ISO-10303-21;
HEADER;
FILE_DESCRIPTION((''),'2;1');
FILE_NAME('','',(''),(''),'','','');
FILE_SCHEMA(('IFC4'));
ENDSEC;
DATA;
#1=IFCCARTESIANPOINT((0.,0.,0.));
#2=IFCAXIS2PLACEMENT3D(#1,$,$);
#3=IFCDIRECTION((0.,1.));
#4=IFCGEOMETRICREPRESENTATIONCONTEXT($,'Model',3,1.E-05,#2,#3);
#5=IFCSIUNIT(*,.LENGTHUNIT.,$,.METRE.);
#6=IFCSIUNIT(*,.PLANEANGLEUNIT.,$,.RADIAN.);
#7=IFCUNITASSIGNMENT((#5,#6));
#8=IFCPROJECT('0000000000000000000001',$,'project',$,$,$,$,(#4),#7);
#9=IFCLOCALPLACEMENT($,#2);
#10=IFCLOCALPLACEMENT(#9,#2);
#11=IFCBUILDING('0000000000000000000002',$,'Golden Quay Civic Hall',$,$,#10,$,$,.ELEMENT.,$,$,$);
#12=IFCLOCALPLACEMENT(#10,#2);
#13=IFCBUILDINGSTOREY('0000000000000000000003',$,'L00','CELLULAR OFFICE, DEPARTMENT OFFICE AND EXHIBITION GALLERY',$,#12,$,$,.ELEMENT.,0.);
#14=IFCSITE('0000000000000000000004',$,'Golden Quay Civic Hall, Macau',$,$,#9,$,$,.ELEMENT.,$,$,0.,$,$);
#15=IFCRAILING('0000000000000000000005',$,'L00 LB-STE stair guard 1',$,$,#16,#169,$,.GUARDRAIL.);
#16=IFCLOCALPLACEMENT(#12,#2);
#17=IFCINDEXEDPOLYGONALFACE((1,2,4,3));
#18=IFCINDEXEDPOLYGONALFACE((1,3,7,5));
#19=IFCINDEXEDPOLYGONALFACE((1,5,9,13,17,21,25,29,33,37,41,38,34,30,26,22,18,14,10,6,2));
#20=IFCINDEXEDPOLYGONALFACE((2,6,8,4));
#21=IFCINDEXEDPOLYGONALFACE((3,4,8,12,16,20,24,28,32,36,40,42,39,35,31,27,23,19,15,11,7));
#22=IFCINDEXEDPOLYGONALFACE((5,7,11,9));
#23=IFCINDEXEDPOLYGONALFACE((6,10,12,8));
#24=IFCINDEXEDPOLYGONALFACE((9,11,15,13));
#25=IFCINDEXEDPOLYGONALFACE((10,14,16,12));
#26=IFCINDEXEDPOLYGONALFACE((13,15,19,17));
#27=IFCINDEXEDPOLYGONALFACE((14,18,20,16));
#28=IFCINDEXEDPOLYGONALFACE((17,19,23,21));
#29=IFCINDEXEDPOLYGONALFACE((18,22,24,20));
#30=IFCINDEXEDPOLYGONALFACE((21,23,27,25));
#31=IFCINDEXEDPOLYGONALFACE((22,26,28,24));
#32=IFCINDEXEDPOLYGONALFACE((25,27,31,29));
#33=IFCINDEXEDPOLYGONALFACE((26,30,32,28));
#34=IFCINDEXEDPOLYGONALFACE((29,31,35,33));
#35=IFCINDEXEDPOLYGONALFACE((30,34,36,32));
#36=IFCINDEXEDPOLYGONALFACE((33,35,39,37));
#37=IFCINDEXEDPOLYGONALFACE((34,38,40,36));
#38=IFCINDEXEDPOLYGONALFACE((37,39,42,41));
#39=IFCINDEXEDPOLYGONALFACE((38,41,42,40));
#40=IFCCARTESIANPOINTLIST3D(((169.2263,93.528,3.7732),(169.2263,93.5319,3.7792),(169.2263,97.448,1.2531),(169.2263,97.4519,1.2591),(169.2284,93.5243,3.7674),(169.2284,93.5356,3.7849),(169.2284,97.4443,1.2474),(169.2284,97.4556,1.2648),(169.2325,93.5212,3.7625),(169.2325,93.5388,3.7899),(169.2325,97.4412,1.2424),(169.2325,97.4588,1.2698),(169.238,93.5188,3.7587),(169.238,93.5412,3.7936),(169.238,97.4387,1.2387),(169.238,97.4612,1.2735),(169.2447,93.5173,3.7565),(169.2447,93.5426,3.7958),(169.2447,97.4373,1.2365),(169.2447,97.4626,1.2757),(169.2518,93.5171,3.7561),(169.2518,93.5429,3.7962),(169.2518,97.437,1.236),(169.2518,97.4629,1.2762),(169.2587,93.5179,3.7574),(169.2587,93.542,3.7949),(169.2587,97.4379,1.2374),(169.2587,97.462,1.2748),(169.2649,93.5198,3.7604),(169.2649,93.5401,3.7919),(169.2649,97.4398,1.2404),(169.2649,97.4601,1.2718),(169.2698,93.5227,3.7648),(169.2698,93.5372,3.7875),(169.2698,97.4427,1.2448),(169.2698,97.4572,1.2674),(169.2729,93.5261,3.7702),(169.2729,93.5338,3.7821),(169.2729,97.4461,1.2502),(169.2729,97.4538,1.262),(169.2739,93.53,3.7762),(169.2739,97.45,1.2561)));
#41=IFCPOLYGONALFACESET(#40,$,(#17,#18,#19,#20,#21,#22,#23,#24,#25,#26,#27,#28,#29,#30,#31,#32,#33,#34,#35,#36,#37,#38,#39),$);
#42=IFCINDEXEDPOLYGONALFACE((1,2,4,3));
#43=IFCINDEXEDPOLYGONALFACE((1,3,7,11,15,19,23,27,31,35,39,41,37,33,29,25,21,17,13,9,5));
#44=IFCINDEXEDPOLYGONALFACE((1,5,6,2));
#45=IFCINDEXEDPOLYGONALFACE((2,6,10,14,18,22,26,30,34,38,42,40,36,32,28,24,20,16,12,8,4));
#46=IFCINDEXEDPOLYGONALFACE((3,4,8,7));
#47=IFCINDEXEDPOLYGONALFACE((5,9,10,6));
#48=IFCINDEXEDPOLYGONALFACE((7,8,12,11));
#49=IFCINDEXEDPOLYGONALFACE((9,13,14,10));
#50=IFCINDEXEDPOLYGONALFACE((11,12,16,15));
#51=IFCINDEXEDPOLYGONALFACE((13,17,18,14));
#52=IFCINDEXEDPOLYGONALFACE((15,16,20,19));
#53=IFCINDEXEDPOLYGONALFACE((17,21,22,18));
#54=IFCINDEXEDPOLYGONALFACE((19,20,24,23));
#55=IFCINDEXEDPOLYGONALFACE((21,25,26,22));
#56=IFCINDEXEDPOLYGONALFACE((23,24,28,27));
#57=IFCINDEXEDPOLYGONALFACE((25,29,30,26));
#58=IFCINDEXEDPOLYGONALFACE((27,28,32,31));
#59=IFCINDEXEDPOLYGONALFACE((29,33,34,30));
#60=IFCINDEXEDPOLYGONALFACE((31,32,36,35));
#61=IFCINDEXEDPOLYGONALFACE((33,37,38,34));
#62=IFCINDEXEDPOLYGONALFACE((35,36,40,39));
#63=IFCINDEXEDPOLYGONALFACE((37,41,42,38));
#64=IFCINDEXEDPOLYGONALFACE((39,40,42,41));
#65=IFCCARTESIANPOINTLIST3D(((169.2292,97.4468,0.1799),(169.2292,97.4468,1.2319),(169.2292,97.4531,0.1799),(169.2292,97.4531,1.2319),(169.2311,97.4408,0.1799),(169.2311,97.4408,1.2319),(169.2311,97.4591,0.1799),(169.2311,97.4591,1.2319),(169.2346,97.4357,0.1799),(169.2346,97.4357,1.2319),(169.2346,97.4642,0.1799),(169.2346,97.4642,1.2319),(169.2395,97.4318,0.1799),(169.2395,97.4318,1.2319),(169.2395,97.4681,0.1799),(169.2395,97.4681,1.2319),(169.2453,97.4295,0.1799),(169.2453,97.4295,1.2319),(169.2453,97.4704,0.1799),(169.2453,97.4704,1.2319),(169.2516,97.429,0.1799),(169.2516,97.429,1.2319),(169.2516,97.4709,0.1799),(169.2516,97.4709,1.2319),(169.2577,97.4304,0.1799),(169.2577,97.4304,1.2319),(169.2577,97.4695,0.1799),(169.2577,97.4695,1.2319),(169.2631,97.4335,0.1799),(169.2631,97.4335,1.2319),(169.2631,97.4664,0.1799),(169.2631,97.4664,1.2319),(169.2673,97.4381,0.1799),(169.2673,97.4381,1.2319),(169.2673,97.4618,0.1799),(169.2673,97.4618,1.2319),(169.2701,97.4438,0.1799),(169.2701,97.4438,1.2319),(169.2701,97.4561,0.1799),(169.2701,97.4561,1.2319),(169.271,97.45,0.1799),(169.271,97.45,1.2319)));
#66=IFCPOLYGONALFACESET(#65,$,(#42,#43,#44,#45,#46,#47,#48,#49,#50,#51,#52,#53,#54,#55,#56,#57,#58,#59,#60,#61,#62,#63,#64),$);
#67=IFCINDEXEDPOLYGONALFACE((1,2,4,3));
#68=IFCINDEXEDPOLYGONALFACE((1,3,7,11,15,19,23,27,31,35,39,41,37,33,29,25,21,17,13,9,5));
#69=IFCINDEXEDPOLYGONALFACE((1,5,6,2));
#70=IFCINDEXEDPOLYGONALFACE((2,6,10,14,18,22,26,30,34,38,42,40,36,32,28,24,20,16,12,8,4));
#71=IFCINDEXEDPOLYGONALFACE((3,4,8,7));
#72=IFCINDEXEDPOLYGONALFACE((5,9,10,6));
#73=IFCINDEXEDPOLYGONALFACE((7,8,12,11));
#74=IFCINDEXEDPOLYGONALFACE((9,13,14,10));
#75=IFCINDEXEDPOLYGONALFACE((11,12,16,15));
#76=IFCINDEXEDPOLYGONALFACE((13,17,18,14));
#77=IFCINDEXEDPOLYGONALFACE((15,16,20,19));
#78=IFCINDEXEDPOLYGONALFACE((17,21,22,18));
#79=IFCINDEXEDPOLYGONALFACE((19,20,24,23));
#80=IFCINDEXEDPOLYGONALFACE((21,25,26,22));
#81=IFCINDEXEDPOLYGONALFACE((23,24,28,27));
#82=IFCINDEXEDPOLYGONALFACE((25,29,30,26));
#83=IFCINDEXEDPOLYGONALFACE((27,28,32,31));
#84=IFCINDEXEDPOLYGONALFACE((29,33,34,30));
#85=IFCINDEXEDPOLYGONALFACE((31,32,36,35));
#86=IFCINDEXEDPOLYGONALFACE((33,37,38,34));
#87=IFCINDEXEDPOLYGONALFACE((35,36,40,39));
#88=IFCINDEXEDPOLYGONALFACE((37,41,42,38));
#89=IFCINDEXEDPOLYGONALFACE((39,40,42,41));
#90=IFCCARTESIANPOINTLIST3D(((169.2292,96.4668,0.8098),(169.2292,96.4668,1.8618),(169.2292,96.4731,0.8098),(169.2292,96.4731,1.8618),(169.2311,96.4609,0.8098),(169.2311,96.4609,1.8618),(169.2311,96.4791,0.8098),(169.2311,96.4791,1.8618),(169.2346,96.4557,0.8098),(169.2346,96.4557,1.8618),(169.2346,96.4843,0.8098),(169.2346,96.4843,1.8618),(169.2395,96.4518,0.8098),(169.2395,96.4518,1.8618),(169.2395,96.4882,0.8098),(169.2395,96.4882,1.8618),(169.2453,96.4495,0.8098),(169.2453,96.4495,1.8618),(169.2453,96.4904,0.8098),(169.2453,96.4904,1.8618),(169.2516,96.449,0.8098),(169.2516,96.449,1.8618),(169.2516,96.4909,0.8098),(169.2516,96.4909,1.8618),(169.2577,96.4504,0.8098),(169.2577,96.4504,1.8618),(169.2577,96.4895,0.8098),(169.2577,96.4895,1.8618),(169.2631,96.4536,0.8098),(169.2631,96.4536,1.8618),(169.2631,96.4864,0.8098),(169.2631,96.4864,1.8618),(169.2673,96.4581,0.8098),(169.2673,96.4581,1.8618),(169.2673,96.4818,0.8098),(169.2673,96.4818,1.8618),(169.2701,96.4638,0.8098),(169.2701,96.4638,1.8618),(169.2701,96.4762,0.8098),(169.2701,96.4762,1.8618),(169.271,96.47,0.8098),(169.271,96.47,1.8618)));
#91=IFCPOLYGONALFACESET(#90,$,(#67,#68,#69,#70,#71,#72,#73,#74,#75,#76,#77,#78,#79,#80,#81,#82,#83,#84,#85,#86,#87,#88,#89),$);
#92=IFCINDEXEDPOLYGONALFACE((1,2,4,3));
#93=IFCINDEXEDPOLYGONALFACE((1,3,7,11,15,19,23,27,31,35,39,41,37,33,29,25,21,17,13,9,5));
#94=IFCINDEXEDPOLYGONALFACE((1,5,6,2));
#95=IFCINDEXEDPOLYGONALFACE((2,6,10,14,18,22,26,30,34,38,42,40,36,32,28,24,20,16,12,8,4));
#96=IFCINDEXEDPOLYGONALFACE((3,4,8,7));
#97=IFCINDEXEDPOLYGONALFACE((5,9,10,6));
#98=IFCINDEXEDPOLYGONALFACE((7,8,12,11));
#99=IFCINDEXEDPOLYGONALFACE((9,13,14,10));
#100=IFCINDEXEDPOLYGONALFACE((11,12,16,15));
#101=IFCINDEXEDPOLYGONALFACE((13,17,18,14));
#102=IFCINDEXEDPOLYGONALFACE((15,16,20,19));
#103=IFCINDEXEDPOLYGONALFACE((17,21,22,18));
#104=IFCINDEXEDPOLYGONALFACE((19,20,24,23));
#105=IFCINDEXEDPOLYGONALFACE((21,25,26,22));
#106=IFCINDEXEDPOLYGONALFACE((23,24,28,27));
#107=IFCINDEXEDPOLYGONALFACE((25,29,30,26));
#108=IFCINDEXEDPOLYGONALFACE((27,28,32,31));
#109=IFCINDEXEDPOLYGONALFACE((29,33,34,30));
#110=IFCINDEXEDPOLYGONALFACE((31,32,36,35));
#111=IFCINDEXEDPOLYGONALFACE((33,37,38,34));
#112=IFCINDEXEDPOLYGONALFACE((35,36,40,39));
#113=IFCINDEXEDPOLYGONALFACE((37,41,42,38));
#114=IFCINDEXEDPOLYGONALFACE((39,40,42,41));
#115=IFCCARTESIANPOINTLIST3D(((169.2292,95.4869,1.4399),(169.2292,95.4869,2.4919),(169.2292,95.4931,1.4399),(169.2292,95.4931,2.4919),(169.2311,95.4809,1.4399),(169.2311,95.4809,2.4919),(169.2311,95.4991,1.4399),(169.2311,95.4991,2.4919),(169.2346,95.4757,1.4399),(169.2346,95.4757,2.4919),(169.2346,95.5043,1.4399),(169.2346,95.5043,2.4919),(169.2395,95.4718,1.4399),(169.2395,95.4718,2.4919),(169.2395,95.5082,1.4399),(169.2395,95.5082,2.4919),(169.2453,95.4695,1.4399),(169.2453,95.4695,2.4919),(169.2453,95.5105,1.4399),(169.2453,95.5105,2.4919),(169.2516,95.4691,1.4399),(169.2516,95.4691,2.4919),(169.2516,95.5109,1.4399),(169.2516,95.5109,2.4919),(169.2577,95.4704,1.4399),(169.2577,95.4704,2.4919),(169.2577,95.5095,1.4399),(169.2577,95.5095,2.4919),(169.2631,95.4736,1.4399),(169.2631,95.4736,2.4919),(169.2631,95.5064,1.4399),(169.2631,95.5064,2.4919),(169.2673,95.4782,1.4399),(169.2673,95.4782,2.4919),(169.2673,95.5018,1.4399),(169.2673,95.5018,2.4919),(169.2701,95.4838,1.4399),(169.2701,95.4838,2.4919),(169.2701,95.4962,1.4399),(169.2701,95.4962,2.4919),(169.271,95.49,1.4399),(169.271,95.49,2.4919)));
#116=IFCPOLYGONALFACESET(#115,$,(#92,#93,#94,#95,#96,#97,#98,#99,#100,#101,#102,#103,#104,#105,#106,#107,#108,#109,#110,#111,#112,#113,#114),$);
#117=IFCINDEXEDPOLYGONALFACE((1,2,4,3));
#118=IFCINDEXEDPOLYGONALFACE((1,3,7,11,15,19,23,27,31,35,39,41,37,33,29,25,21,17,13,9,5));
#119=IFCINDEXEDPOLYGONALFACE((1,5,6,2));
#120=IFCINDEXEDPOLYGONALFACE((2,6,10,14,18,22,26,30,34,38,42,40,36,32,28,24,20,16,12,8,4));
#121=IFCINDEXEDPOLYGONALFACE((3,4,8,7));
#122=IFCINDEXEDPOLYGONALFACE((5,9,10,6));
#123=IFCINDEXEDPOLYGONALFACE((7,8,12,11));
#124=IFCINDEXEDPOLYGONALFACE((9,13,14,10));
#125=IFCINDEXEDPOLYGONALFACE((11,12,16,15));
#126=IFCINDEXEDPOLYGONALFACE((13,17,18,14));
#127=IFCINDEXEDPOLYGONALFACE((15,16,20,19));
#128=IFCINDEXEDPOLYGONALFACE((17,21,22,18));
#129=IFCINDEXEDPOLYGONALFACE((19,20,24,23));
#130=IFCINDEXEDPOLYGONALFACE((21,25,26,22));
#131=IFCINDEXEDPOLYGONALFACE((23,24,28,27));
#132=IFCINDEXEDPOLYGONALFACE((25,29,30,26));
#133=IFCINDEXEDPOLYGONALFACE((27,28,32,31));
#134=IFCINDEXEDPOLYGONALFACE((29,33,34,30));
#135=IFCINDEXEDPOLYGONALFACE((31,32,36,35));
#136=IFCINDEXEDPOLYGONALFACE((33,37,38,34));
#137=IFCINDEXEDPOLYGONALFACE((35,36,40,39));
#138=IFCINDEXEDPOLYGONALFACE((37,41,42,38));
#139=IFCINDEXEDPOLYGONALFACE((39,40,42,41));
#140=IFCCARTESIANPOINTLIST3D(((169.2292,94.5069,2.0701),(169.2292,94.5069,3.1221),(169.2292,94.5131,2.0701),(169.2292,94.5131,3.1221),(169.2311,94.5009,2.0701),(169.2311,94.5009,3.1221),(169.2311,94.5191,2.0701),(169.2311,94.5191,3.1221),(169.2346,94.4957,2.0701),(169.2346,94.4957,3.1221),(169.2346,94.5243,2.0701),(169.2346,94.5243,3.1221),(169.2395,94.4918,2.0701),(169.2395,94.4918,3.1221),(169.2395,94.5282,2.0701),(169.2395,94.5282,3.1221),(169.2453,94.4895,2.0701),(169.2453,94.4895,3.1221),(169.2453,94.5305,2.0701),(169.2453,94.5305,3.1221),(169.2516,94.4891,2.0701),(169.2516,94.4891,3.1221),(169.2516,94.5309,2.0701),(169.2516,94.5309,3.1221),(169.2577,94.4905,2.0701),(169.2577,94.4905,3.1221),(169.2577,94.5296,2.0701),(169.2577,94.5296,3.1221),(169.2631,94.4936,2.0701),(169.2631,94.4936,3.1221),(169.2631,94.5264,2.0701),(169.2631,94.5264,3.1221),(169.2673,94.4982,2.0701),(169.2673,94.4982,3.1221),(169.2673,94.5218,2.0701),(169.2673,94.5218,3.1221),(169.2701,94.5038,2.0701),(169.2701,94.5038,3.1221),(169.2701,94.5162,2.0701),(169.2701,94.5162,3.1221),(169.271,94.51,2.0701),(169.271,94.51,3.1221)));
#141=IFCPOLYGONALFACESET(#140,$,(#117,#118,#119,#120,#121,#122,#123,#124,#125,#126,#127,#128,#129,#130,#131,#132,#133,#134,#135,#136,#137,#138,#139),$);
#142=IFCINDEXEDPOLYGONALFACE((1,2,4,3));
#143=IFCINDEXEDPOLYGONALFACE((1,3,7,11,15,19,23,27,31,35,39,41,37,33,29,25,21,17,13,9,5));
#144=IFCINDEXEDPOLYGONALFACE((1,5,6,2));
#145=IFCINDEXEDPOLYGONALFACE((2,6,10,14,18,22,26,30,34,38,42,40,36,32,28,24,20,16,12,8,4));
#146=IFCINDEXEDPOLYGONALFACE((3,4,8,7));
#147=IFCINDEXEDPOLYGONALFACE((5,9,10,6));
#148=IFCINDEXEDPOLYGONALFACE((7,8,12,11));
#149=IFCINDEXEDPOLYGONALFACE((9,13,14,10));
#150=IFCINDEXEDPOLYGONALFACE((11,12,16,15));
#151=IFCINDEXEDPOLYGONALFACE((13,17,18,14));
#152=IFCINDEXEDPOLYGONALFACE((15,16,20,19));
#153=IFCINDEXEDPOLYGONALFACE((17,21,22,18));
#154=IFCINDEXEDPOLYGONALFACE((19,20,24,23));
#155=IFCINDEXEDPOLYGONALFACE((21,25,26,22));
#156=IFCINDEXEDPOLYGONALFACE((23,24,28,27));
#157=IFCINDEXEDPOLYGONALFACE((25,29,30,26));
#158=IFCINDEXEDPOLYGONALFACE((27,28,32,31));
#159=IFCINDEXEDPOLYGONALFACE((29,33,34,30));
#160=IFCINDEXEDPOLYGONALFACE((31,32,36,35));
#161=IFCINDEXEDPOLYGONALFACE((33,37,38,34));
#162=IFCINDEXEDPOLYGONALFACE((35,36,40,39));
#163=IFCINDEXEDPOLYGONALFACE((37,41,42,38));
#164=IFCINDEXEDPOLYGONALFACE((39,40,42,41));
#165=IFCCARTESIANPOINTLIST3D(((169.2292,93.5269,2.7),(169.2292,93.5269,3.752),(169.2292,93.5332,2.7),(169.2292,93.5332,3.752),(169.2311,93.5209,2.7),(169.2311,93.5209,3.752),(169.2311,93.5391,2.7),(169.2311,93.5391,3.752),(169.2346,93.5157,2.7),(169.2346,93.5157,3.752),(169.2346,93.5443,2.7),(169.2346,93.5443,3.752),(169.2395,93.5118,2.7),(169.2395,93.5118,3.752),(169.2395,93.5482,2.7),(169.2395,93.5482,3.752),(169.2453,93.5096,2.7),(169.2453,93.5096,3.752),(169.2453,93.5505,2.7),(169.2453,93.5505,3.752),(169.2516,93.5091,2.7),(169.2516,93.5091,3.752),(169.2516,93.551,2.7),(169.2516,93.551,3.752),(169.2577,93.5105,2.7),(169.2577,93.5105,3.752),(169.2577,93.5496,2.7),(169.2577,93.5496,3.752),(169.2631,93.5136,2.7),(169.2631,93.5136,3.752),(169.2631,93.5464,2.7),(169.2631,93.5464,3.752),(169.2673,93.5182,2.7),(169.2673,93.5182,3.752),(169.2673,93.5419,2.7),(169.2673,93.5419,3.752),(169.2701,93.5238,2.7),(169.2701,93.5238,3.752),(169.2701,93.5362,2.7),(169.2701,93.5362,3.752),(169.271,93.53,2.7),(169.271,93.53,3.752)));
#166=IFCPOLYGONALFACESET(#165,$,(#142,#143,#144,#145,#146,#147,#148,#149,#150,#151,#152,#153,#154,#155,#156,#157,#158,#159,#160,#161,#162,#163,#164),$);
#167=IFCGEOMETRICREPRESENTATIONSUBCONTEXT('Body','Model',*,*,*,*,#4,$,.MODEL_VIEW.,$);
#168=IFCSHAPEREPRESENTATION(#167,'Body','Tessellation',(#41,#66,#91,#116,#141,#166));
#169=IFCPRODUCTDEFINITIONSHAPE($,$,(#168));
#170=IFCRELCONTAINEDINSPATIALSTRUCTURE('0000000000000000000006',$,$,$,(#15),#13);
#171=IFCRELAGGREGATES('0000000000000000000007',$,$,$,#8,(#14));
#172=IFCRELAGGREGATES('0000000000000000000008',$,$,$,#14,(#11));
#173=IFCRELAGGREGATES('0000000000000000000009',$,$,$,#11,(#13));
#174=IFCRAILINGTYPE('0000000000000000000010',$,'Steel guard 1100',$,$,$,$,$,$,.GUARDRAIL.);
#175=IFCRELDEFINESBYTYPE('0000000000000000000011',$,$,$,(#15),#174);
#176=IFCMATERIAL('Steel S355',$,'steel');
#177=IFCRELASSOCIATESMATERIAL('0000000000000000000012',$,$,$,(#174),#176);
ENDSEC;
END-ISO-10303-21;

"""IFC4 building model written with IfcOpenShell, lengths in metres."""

from ifc_helpers import new_model, si_unit, direction, frame, origin, origin_2d, place, context, subcontext, project, spatial, circle, extrude, material, type_object, element, save


model = new_model("IFC4")

# Units and contexts
model_context = context("Model", 3, precision=1e-05, world=origin(), true_north=direction((0.0, 1.0)))
body_context = subcontext(model_context, "Body", "Model", "MODEL_VIEW")
ifc_project = project(units=[si_unit("LENGTHUNIT", "METRE"), si_unit("PLANEANGLEUNIT", "RADIAN")], contexts=[model_context])

# Site, building, storey
site_placement = place(None, origin())
site = spatial("IfcSite", under=ifc_project, at=site_placement, Name="Golden Quay Civic Hall, Macau", CompositionType="ELEMENT", RefElevation=0.0)
building_placement = place(site_placement, origin())
building = spatial("IfcBuilding", under=site, at=building_placement, Name="Golden Quay Civic Hall", CompositionType="ELEMENT")
storey_placement = place(building_placement, origin())
storey = spatial("IfcBuildingStorey", under=building, at=storey_placement, Name="L00", Description="CELLULAR OFFICE, DEPARTMENT OFFICE AND EXHIBITION GALLERY", CompositionType="ELEMENT", Elevation=0.0)

# Railing
ifc_material_1 = material(Name="Steel S355", Category="steel")
railing_type_1 = type_object("IfcRailingType", Name="Steel guard 1100", PredefinedType="GUARDRAIL", material=ifc_material_1)
railing_1_placement = place(storey_placement, frame((169.25, 97.45, 0.1799)))
element("IfcRailing", 1, at=railing_1_placement, inside=storey, type_object=railing_type_1, Name="L00 LB-STE stair guard 1", PredefinedType="GUARDRAIL", context=body_context, shape_type="SweptSolid", body=[
    extrude(circle(Radius=0.0239, at=origin_2d()), frame((0.0, 0.0, 1.0762), z_axis=(0.0, -0.841172, 0.540768), x_axis=(1.0, 0.0, 0.0)), (0.0, 0.0, 1.0), 4.6602),
    extrude(circle(Radius=0.021, at=origin_2d()), origin(), (0.0, 0.0, 1.0), 1.052),
    extrude(circle(Radius=0.021, at=origin_2d()), frame((0.0, -0.98, 0.6299)), (0.0, 0.0, 1.0), 1.052),
    extrude(circle(Radius=0.021, at=origin_2d()), frame((0.0, -1.96, 1.26)), (0.0, 0.0, 1.0), 1.052),
    extrude(circle(Radius=0.021, at=origin_2d()), frame((0.0, -2.9399, 1.8901)), (0.0, 0.0, 1.0), 1.052),
    extrude(circle(Radius=0.021, at=origin_2d()), frame((0.0, -3.9199, 2.52)), (0.0, 0.0, 1.0), 1.052),
])

save(model, "model.ifc")
